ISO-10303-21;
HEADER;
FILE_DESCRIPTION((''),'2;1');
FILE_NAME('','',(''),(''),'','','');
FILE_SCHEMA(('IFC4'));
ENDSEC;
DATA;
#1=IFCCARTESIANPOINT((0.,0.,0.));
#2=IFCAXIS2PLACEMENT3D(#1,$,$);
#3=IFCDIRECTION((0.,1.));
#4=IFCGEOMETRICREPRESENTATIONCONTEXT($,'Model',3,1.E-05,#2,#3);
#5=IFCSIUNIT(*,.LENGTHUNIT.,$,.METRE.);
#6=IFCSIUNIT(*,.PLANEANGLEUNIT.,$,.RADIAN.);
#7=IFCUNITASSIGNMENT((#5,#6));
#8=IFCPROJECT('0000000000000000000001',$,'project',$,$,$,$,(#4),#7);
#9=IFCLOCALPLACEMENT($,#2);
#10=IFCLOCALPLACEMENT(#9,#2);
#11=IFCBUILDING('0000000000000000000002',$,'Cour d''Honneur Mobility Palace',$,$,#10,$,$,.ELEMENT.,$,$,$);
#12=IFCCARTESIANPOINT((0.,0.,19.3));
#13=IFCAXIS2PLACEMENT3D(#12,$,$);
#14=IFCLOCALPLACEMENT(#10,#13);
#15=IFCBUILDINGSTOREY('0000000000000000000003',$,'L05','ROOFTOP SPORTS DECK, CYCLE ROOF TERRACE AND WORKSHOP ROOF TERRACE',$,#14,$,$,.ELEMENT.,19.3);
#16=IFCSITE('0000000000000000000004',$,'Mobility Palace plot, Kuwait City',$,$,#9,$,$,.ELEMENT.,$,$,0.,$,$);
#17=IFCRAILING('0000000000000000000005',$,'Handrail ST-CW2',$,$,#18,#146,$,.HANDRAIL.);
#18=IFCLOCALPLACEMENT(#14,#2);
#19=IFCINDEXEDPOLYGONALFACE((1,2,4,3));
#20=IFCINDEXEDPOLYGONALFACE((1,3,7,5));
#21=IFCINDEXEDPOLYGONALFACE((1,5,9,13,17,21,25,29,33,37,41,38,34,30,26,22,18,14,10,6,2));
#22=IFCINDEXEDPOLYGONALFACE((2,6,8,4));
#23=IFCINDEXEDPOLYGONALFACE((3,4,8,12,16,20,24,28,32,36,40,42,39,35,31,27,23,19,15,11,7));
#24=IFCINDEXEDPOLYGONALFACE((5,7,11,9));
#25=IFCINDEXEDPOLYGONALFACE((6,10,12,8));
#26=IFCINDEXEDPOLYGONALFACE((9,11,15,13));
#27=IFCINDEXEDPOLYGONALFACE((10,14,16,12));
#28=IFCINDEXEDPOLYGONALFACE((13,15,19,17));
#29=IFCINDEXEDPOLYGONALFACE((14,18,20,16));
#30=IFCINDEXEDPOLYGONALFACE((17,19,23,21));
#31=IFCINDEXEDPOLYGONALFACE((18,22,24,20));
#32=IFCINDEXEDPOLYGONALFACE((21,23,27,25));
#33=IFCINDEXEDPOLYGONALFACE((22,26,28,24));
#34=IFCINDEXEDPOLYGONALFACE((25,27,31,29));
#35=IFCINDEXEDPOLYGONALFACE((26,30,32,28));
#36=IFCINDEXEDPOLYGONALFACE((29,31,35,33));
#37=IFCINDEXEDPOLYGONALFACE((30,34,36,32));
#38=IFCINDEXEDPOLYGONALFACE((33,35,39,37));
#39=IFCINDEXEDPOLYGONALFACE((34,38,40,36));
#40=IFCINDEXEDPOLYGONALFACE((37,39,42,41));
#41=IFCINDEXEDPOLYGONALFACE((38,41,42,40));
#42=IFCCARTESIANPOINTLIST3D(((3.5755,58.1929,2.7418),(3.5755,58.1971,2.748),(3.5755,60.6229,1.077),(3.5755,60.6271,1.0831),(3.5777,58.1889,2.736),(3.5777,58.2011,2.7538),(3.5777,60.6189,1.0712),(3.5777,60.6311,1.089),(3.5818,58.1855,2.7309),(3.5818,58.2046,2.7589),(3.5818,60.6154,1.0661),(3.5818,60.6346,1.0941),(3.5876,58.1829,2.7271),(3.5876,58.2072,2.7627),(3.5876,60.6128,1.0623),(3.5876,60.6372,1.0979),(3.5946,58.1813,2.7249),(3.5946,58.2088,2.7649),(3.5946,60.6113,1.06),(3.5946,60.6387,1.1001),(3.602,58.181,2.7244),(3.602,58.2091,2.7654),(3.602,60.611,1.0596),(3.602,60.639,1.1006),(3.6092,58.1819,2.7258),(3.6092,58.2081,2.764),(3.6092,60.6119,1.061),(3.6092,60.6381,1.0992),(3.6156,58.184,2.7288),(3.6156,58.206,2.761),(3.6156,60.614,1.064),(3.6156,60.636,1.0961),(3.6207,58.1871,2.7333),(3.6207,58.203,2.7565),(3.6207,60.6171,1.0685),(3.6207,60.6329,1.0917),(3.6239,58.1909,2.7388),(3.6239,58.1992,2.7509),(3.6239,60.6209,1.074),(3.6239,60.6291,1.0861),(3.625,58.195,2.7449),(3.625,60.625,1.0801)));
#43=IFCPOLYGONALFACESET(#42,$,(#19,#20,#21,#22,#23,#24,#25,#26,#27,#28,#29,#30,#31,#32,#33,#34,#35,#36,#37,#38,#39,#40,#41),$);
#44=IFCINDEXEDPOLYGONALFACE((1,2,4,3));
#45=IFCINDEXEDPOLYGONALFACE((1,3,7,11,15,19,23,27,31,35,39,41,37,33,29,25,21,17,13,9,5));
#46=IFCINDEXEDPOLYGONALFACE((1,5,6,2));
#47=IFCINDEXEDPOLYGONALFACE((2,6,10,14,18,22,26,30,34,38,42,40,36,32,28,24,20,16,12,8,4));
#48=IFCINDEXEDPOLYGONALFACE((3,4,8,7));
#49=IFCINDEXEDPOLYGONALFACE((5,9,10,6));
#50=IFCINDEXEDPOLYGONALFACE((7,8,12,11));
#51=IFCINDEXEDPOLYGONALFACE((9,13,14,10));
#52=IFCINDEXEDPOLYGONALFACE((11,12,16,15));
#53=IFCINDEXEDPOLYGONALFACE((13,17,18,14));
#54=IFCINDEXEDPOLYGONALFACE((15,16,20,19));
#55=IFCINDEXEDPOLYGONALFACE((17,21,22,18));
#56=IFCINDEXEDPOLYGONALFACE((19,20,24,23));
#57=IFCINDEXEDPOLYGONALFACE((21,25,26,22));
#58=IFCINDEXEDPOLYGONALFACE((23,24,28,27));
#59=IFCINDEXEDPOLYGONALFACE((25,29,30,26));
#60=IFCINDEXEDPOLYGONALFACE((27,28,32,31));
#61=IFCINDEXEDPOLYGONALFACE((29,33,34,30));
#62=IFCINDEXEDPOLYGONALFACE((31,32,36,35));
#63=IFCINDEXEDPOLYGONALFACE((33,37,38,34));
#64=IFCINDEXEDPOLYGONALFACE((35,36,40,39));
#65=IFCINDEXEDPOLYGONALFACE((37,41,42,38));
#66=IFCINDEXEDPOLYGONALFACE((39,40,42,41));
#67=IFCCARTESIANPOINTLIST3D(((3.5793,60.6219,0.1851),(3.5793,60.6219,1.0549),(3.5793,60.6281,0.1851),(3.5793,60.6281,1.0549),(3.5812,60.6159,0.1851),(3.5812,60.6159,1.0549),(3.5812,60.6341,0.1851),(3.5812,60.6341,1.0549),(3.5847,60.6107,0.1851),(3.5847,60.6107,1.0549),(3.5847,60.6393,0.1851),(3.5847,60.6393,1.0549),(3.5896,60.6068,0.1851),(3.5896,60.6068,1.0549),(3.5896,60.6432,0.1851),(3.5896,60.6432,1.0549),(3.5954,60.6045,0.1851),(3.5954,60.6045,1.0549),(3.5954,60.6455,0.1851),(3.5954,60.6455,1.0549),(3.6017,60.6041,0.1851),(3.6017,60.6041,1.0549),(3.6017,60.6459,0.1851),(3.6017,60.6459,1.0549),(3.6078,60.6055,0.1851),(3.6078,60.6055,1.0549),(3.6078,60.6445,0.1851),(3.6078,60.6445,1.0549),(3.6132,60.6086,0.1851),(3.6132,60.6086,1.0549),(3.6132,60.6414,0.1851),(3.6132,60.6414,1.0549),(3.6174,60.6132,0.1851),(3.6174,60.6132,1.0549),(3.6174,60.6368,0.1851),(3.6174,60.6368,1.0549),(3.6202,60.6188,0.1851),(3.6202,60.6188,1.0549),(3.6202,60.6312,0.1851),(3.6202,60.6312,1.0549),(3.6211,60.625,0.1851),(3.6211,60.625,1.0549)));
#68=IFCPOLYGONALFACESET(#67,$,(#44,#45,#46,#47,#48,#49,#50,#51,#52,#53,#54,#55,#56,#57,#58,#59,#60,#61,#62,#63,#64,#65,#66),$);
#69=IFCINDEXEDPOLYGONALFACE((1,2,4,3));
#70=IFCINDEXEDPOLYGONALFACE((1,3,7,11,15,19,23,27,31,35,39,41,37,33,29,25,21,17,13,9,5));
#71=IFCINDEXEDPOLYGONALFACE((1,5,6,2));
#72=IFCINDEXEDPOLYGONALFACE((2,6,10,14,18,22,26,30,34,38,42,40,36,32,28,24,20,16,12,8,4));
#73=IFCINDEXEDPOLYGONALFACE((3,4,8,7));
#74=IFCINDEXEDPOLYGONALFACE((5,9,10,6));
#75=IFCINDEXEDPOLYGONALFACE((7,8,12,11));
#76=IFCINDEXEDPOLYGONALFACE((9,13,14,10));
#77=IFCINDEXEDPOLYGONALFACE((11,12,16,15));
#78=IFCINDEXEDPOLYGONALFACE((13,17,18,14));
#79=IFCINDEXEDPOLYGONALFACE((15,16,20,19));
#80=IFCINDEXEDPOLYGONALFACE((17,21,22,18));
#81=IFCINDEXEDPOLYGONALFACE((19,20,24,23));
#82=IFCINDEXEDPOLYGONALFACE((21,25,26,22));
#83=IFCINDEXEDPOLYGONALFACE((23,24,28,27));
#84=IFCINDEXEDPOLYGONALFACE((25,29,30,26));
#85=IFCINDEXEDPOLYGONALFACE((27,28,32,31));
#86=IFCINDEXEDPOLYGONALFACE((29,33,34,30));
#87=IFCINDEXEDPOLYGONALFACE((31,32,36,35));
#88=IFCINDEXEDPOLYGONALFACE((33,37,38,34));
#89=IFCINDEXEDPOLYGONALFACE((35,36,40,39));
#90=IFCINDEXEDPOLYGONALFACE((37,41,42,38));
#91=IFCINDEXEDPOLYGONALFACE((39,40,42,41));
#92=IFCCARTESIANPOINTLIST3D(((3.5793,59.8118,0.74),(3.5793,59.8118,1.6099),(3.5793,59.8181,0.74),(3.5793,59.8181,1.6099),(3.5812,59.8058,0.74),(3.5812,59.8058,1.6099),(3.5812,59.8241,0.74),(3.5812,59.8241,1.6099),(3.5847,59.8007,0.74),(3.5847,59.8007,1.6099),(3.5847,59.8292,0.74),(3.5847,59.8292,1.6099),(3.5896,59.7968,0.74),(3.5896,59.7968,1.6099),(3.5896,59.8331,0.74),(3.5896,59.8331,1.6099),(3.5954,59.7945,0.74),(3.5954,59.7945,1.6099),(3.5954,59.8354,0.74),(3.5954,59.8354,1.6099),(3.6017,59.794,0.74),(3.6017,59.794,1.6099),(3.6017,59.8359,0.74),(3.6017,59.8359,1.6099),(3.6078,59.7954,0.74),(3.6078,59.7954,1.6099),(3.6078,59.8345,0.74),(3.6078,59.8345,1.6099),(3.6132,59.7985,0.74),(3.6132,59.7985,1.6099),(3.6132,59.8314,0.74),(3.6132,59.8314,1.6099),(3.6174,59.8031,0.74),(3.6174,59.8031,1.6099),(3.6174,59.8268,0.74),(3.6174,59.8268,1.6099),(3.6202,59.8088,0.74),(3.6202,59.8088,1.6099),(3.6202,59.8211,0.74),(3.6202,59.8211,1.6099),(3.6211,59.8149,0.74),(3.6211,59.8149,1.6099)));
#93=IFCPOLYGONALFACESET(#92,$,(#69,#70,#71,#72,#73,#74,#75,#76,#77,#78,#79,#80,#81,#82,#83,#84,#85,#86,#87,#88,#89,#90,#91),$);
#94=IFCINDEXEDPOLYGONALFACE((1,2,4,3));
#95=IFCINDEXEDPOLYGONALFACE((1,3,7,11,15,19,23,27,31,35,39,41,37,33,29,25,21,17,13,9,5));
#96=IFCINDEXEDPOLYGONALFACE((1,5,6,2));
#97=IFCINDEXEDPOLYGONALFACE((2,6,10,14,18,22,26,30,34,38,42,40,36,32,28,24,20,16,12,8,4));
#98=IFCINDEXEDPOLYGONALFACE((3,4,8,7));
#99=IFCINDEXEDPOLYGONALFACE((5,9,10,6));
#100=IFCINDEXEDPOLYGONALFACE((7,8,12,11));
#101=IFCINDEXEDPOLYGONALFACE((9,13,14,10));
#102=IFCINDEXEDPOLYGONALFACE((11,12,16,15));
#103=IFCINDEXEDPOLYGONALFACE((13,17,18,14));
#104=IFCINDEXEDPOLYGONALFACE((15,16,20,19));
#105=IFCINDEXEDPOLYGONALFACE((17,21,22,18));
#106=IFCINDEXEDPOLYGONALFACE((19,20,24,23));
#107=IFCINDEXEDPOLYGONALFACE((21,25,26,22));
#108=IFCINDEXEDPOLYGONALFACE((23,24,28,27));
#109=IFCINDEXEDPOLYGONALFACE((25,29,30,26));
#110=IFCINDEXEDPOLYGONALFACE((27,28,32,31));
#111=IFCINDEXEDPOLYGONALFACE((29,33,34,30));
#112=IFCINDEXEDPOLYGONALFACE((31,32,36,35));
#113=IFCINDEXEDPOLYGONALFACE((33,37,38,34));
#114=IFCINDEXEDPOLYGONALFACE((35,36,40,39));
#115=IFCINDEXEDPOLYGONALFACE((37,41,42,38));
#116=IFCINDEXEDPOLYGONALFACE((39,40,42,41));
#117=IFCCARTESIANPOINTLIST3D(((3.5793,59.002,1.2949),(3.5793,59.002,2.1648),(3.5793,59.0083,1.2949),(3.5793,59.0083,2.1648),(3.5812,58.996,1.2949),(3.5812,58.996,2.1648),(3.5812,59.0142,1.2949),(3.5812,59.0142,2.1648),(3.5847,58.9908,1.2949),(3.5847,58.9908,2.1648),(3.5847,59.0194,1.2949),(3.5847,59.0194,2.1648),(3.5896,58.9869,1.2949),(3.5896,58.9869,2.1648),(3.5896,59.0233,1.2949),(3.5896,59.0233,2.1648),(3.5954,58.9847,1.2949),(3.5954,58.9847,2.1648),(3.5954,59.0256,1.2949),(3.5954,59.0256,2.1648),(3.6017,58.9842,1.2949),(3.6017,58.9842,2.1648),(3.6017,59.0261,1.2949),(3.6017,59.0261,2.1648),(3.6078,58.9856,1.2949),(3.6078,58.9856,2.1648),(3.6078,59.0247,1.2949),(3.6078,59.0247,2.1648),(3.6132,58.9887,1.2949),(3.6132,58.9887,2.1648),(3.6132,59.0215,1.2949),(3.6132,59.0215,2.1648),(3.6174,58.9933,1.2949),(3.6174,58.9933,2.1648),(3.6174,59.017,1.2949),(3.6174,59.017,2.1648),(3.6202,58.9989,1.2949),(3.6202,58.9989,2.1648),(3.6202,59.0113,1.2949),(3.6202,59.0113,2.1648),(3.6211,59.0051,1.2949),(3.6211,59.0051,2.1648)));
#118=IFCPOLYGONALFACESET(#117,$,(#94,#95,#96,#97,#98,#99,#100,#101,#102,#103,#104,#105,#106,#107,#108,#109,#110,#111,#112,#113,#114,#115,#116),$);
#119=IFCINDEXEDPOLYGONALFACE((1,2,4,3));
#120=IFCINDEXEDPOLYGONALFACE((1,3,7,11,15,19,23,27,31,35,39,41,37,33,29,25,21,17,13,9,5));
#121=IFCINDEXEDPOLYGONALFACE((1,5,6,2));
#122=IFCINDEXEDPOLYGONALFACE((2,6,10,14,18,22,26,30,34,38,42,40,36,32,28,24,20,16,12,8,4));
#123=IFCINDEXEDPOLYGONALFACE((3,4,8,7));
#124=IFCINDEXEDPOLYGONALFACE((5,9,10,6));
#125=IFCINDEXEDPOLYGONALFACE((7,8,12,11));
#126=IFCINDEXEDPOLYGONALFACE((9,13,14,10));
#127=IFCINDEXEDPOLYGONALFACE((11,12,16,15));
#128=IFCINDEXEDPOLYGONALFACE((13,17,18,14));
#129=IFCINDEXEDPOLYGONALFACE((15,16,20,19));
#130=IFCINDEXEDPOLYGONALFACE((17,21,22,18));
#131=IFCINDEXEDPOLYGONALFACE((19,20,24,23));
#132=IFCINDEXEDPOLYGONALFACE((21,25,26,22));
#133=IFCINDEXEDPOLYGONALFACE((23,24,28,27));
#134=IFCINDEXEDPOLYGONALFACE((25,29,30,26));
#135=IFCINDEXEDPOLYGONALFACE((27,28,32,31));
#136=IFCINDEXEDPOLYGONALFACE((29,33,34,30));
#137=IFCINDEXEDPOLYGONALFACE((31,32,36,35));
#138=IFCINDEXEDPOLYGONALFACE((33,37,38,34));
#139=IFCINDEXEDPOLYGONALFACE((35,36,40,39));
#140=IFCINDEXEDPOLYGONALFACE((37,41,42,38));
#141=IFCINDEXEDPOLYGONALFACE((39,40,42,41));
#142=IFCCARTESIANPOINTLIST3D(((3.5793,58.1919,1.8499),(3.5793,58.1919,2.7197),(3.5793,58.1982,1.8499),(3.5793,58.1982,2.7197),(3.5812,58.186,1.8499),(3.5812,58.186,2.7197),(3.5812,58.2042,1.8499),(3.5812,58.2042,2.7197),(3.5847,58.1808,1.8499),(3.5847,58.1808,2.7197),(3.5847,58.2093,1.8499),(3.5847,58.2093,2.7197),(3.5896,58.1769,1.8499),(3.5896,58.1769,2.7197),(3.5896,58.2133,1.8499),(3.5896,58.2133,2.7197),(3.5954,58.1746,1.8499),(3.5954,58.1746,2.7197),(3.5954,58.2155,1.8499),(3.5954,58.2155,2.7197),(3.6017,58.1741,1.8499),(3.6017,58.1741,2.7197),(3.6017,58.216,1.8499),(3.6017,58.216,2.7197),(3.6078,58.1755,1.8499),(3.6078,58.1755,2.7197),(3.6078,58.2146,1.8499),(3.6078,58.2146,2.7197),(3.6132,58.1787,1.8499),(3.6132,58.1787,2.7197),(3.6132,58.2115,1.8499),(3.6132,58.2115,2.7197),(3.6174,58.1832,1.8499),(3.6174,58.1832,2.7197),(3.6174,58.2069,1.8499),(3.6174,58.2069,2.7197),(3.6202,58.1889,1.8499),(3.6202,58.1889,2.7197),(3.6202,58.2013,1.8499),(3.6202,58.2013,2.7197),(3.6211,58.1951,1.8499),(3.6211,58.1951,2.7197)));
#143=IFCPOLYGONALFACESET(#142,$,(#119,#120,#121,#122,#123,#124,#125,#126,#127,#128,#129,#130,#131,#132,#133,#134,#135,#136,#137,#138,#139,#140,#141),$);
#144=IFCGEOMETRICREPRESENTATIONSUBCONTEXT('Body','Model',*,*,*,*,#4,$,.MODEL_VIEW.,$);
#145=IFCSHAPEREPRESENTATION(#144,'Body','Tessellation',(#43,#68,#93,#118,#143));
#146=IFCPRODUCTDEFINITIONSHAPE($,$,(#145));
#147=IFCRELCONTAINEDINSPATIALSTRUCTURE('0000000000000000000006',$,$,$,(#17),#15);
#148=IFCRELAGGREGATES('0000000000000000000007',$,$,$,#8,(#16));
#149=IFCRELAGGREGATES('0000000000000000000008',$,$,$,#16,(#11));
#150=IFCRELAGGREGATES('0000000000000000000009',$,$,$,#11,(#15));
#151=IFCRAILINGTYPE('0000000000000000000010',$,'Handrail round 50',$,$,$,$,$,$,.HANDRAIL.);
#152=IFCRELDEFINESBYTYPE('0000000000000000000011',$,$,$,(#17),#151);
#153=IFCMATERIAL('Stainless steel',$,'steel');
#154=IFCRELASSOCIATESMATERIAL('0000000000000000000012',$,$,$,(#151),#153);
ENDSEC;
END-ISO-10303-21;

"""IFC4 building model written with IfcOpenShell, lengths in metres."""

from ifc_helpers import new_model, si_unit, direction, frame, origin, origin_2d, place, context, subcontext, project, spatial, circle, extrude, material, type_object, element, save


model = new_model("IFC4")

# Units and contexts
model_context = context("Model", 3, precision=1e-05, world=origin(), true_north=direction((0.0, 1.0)))
body_context = subcontext(model_context, "Body", "Model", "MODEL_VIEW")
ifc_project = project(units=[si_unit("LENGTHUNIT", "METRE"), si_unit("PLANEANGLEUNIT", "RADIAN")], contexts=[model_context])

# Site, building, storey
site_placement = place(None, origin())
site = spatial("IfcSite", under=ifc_project, at=site_placement, Name="Mobility Palace plot, Kuwait City", CompositionType="ELEMENT", RefElevation=0.0)
building_placement = place(site_placement, origin())
building = spatial("IfcBuilding", under=site, at=building_placement, Name="Cour d'Honneur Mobility Palace", CompositionType="ELEMENT")
storey_placement = place(building_placement, frame((0.0, 0.0, 19.3)))
storey = spatial("IfcBuildingStorey", under=building, at=storey_placement, Name="L05", Description="ROOFTOP SPORTS DECK, CYCLE ROOF TERRACE AND WORKSHOP ROOF TERRACE", CompositionType="ELEMENT", Elevation=19.3)

# Railing
ifc_material_1 = material(Name="Stainless steel", Category="steel")
railing_type_1 = type_object("IfcRailingType", Name="Handrail round 50", PredefinedType="HANDRAIL", material=ifc_material_1)
railing_1_placement = place(storey_placement, frame((3.6001, 60.625, 0.1851)))
element("IfcRailing", 1, at=railing_1_placement, inside=storey, type_object=railing_type_1, Name="Handrail ST-CW2", PredefinedType="HANDRAIL", context=body_context, shape_type="SweptSolid", body=[
    extrude(circle(Radius=0.0249, at=origin_2d()), frame((0.0, 0.0, 0.895), z_axis=(0.0, -0.824957, 0.565195), x_axis=(1.0, 0.0, 0.0)), (0.0, 0.0, 1.0), 2.9456),
    extrude(circle(Radius=0.021, at=origin_2d()), origin(), (0.0, 0.0, 1.0), 0.8699),
    extrude(circle(Radius=0.021, at=origin_2d()), frame((0.0, -0.8101, 0.5549)), (0.0, 0.0, 1.0), 0.8699),
    extrude(circle(Radius=0.021, at=origin_2d()), frame((0.0, -1.6199, 1.1099)), (0.0, 0.0, 1.0), 0.8699),
    extrude(circle(Radius=0.021, at=origin_2d()), frame((0.0, -2.4299, 1.6648)), (0.0, 0.0, 1.0), 0.8699),
])

save(model, "model.ifc")
